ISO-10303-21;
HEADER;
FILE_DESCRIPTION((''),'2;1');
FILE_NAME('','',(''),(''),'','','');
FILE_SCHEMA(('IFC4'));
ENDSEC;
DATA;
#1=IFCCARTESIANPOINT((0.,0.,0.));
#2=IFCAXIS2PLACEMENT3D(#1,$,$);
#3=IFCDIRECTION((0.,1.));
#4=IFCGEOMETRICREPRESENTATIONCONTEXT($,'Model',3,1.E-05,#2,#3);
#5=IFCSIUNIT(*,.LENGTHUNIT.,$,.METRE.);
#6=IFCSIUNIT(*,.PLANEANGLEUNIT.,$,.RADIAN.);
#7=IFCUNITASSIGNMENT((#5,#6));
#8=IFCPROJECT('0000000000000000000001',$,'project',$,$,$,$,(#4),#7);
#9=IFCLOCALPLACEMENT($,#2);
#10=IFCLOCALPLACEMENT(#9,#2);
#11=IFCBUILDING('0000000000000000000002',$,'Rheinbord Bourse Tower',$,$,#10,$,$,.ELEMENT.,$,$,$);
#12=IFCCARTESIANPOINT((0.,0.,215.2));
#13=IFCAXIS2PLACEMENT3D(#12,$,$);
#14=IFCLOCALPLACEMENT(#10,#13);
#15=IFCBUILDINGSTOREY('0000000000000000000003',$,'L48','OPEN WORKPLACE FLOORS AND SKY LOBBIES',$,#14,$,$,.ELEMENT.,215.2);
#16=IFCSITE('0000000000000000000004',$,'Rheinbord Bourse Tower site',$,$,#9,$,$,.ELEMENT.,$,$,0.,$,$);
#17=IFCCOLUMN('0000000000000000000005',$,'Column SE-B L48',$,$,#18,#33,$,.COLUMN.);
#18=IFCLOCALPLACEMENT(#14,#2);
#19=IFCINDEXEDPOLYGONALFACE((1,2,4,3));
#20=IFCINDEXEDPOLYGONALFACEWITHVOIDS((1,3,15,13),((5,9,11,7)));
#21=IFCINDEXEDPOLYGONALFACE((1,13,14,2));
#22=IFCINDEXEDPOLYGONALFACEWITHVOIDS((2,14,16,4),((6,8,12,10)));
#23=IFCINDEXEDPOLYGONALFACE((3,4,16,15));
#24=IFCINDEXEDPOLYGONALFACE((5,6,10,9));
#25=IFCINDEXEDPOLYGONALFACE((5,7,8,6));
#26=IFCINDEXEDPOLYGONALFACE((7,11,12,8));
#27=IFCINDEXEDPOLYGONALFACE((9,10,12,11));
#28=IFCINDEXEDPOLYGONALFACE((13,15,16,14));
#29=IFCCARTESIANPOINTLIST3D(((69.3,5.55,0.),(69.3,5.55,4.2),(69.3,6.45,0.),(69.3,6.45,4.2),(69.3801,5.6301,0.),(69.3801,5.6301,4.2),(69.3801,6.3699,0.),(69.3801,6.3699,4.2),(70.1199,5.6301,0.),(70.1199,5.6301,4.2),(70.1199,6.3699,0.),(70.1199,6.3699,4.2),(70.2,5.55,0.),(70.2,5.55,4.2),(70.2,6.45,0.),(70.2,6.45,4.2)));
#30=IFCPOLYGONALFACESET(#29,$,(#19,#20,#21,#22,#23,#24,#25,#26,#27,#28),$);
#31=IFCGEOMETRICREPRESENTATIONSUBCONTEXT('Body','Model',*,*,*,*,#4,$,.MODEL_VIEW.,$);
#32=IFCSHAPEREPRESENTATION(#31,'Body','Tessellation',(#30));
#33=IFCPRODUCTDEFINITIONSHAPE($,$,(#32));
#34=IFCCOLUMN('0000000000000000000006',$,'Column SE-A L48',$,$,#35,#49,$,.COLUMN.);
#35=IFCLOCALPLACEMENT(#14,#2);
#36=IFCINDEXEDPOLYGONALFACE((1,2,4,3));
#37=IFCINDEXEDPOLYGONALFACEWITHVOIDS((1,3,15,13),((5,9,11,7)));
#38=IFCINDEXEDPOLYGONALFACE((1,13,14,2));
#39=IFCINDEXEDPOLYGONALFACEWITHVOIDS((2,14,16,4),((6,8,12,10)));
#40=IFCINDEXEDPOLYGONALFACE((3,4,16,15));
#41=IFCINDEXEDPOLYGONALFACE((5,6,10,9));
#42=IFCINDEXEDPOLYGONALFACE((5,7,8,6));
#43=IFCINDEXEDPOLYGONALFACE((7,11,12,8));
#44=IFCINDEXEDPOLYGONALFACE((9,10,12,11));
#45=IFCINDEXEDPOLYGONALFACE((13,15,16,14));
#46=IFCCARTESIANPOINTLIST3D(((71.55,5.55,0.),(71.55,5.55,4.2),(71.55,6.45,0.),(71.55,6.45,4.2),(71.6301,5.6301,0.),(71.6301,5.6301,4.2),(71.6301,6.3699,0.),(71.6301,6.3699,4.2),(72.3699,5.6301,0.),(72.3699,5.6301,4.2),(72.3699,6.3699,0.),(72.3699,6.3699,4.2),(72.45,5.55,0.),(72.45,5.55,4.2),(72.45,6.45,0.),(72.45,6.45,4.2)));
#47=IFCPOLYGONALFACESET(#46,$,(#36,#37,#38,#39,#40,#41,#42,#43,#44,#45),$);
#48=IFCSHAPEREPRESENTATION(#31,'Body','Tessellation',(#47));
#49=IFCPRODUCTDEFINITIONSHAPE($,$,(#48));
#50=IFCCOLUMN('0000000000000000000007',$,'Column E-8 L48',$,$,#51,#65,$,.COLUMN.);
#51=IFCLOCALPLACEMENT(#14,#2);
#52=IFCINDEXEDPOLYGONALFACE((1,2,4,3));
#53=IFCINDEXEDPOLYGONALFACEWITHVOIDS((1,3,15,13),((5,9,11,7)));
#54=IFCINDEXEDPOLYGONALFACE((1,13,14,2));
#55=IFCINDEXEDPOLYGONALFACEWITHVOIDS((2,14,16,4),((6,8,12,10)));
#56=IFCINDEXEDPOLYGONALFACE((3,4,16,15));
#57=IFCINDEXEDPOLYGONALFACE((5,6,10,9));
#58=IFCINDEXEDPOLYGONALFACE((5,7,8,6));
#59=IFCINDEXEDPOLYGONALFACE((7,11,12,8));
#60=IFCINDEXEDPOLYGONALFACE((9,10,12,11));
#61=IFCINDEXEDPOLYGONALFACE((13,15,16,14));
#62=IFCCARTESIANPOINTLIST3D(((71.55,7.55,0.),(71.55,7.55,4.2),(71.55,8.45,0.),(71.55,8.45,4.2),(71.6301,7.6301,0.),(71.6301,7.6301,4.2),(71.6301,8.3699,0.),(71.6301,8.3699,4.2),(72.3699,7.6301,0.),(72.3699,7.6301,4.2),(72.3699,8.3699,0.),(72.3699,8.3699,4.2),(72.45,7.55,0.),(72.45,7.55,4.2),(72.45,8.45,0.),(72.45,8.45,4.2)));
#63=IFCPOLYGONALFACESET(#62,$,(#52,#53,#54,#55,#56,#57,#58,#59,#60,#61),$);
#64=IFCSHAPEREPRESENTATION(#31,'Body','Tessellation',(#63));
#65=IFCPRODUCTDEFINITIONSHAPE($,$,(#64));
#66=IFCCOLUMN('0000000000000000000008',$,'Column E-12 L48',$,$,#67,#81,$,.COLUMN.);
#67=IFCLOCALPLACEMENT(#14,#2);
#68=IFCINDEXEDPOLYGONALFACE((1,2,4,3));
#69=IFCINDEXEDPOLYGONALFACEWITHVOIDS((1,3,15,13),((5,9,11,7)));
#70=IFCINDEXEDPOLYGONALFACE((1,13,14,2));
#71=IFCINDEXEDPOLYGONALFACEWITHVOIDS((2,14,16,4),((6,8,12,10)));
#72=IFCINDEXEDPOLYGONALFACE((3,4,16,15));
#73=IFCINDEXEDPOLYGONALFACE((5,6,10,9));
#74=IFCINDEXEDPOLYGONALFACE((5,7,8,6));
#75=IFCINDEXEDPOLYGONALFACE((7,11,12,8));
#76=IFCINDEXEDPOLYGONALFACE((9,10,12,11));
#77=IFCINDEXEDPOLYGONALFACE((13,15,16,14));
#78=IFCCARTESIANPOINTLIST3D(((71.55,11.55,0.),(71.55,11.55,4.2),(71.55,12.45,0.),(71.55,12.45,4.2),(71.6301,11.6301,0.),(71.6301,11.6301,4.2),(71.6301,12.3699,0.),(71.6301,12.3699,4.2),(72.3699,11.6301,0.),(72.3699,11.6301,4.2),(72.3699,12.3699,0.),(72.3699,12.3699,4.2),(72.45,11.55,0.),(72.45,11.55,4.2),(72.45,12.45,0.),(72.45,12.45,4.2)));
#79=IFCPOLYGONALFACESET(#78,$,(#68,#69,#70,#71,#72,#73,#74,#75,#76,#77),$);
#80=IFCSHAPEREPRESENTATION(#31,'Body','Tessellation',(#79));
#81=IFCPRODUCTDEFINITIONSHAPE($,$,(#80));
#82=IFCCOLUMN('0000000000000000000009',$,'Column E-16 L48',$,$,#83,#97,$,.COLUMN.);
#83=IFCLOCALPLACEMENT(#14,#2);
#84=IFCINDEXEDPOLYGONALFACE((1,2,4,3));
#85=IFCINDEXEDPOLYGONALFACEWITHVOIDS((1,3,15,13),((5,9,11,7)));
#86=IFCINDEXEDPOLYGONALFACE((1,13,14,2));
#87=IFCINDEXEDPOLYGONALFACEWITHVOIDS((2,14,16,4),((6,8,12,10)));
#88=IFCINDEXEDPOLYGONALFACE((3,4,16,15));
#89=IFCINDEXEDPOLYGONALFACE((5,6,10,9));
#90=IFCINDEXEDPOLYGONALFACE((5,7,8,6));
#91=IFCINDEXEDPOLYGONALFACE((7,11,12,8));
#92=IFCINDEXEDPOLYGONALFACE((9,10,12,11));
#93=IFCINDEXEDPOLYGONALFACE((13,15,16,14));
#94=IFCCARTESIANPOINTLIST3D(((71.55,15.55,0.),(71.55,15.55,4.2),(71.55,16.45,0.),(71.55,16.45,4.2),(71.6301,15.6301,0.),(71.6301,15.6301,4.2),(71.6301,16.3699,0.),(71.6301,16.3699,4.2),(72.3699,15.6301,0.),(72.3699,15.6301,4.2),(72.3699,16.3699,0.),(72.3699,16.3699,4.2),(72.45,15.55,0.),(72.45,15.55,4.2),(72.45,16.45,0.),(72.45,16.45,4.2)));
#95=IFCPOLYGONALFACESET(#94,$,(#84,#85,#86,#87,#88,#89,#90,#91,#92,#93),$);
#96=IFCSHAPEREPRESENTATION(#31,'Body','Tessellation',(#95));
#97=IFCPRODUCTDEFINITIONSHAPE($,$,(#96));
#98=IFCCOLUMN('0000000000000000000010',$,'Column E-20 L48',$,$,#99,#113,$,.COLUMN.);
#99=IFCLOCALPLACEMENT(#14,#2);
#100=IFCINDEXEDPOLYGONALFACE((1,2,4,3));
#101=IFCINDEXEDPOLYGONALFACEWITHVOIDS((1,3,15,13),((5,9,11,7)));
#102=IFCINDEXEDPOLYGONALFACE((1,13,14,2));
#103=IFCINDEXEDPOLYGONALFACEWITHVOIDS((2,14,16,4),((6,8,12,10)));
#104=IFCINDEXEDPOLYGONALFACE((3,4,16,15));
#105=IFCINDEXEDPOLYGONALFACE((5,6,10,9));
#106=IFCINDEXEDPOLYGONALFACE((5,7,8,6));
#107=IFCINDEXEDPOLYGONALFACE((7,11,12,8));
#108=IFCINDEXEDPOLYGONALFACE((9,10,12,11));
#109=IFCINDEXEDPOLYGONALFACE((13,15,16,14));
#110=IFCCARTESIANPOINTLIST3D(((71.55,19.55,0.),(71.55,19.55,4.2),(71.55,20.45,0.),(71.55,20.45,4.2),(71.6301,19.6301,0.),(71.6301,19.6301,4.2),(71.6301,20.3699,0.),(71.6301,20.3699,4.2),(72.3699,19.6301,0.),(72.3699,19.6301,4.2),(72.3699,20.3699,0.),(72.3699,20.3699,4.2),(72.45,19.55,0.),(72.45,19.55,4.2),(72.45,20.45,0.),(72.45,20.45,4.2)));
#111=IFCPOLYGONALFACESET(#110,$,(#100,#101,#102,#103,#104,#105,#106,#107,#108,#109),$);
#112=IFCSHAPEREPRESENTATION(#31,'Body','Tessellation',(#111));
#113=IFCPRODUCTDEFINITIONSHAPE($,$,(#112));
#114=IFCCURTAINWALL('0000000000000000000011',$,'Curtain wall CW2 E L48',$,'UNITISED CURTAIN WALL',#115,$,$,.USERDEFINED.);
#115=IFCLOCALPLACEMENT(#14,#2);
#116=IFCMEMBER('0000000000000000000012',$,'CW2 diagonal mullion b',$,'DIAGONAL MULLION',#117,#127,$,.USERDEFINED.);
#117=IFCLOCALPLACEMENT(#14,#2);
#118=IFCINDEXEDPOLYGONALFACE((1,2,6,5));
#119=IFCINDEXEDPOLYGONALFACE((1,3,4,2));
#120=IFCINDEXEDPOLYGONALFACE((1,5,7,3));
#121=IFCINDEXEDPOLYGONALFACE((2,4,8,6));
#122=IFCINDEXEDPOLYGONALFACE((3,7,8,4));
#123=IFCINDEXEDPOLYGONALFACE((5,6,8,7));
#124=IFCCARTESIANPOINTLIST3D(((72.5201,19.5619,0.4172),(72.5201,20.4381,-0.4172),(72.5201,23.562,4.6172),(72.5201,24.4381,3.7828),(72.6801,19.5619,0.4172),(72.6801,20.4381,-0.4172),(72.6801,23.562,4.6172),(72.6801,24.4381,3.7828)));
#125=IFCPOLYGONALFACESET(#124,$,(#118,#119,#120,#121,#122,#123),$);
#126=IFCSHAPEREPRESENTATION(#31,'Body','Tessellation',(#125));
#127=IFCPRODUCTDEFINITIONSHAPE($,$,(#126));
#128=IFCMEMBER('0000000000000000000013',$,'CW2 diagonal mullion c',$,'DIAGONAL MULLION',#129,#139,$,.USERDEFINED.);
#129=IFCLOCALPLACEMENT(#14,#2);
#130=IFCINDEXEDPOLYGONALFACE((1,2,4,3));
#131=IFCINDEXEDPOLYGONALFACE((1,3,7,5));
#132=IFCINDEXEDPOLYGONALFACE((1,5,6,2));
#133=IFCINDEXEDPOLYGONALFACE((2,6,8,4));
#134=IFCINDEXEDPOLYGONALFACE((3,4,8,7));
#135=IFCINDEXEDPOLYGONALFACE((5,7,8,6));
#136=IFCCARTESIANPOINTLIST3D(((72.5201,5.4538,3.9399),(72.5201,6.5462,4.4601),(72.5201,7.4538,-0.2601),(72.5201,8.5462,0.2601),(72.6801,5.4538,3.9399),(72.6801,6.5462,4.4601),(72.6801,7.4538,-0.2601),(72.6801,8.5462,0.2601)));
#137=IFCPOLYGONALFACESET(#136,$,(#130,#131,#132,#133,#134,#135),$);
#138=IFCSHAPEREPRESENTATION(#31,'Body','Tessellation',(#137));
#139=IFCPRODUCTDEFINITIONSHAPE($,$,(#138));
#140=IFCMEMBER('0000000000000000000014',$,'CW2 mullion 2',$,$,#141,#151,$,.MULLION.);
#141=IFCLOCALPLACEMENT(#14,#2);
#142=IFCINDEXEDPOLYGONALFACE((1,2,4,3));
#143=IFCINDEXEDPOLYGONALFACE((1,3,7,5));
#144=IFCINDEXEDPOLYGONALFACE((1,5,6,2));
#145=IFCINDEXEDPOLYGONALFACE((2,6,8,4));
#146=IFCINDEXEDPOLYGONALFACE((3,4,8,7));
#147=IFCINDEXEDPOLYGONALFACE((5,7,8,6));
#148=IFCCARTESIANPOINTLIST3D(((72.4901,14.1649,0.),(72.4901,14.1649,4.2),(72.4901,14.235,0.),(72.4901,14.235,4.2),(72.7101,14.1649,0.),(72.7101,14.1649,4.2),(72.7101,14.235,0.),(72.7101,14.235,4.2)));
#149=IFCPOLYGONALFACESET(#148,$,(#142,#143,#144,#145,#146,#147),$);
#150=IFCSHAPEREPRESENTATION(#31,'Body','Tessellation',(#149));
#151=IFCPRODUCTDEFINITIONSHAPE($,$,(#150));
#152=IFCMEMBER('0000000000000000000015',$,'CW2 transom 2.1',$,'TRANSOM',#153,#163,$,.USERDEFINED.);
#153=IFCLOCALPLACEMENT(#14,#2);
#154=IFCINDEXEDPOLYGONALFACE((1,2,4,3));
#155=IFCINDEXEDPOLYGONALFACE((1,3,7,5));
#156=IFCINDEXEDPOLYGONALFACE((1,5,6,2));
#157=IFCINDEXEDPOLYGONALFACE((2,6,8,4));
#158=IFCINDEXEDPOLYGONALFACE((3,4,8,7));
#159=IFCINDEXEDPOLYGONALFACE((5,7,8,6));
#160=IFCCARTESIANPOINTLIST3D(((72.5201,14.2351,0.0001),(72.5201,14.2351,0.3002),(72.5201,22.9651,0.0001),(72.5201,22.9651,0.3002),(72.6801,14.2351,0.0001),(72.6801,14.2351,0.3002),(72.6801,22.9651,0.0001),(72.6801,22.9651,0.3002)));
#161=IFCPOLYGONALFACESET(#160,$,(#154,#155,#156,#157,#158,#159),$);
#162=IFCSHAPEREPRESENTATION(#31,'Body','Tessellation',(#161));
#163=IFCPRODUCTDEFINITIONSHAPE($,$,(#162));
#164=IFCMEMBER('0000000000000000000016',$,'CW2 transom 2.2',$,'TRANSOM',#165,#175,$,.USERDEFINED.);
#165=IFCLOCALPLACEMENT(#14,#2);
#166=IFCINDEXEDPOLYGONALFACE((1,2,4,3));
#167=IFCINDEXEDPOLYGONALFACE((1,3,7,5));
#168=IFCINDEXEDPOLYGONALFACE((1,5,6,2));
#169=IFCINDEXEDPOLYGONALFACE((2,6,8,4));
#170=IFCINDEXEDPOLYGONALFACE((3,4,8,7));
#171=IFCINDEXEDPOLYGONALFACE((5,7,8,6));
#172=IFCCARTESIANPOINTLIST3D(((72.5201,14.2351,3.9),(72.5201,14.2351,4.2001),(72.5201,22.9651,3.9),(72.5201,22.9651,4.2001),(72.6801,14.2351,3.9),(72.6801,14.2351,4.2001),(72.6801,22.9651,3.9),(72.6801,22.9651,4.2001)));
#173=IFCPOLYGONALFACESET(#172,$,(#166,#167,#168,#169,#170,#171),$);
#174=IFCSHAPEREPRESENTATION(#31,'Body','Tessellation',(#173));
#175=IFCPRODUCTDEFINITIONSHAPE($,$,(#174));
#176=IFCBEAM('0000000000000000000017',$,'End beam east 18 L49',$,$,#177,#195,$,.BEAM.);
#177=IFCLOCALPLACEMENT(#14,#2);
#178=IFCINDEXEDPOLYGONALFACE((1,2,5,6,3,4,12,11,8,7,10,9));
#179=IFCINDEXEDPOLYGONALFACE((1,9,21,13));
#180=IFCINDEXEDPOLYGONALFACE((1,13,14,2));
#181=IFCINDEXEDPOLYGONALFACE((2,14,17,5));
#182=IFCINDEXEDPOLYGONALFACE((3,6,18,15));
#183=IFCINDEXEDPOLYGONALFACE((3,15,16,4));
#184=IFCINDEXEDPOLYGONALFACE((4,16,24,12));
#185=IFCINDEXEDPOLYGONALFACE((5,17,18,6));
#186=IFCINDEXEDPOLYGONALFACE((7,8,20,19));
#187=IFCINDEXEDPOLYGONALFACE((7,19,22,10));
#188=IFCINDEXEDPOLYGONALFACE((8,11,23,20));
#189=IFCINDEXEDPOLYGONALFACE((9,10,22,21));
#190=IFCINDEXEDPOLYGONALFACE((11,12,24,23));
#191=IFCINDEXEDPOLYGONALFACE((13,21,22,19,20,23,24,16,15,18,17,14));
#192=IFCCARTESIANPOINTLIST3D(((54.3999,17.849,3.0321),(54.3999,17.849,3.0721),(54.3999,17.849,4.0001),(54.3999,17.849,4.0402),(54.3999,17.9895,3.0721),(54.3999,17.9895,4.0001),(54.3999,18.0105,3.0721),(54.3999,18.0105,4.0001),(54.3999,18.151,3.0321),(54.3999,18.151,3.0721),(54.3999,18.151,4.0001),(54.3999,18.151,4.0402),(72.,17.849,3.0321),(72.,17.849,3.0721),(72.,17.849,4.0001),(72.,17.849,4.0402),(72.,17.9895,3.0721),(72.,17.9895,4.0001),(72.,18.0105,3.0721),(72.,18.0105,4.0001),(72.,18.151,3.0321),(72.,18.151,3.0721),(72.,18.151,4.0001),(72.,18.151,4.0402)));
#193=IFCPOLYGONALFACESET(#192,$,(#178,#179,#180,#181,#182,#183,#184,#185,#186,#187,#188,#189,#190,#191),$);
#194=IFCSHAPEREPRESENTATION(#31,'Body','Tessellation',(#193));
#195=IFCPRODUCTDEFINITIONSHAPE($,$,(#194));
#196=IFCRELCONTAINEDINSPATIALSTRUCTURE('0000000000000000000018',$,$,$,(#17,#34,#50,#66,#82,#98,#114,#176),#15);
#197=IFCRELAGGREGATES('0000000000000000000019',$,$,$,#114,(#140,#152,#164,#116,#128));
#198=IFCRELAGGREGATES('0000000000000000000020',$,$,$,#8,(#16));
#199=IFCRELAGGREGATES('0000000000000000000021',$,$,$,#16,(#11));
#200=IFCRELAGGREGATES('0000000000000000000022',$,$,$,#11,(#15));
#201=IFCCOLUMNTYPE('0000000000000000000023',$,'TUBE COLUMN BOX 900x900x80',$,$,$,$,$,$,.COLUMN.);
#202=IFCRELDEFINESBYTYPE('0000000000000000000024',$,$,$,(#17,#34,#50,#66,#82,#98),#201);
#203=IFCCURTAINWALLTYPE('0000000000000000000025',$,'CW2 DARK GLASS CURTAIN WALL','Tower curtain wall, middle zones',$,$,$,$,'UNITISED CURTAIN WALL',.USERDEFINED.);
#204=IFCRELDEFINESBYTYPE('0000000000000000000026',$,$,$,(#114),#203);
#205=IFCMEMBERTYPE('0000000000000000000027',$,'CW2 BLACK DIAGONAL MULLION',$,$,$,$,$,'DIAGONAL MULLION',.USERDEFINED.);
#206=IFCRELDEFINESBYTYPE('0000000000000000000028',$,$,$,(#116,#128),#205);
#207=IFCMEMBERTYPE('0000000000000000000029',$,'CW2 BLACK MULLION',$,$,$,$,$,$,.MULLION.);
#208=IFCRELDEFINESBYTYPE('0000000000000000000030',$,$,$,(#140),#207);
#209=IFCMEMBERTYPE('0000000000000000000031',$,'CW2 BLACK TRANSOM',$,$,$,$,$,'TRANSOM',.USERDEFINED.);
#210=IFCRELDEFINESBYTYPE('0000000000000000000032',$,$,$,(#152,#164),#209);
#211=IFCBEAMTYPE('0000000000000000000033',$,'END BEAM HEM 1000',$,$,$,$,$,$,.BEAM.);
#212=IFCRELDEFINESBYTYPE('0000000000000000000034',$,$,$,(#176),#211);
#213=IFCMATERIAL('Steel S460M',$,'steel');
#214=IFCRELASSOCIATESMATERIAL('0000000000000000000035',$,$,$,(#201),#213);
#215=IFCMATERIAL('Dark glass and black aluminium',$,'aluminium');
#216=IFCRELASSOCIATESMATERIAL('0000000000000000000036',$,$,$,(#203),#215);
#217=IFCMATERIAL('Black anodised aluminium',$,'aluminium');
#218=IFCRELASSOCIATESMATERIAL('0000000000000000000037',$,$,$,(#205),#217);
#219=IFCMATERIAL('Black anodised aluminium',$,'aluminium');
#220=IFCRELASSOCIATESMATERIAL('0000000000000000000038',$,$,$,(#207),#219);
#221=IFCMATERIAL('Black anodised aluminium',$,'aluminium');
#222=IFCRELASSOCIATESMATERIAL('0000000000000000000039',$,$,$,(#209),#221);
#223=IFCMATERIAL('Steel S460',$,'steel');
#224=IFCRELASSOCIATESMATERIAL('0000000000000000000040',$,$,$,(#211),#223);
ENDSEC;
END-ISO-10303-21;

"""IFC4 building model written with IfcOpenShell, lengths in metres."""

from ifc_helpers import new_model, si_unit, direction, frame, origin, origin_2d, place, context, subcontext, project, spatial, rectangle, hollow_rectangle, i_section, extrude, material, material_profile, profile_set, type_object, element, aggregate, save


model = new_model("IFC4")

# Units and contexts
model_context = context("Model", 3, precision=1e-05, world=origin(), true_north=direction((0.0, 1.0)))
body_context = subcontext(model_context, "Body", "Model", "MODEL_VIEW")
ifc_project = project(units=[si_unit("LENGTHUNIT", "METRE"), si_unit("PLANEANGLEUNIT", "RADIAN")], contexts=[model_context])

# Site, building, storey
site_placement = place(None, origin())
site = spatial("IfcSite", under=ifc_project, at=site_placement, Name="Rheinbord Bourse Tower site", CompositionType="ELEMENT", RefElevation=0.0)
building_placement = place(site_placement, origin())
building = spatial("IfcBuilding", under=site, at=building_placement, Name="Rheinbord Bourse Tower", CompositionType="ELEMENT")
storey_placement = place(building_placement, frame((0.0, 0.0, 215.2)))
storey = spatial("IfcBuildingStorey", under=building, at=storey_placement, Name="L48", Description="OPEN WORKPLACE FLOORS AND SKY LOBBIES", CompositionType="ELEMENT", Elevation=215.2)

# Columns
ifc_material_1 = material(Name="Steel S460M", Category="steel")
ifc_material_profile_1 = material_profile(ifc_material_1, hollow_rectangle(XDim=0.8999, YDim=0.8999, WallThickness=0.0801, at=origin_2d()), Name="BOX 900x900x80")
ifc_profile_set_1 = profile_set([ifc_material_profile_1], Name="Steel S460M")
column_type = type_object("IfcColumnType", Name="TUBE COLUMN BOX 900x900x80", PredefinedType="COLUMN", material=ifc_profile_set_1)
for number, where, z_axis, x_axis, name in (
    (1, (69.75, 6.0, 0.0), (0.0, 0.0, 1.0), (1.0, 0.0, 0.0), "Column SE-B L48"),
    (2, (72.0, 6.0, 0.0), (0.0, 0.0, 1.0), (1.0, 0.0, 0.0), "Column SE-A L48"),
    (3, (72.0, 8.0, 0.0), (0.0, 0.0, 1.0), (1.0, 0.0, 0.0), "Column E-8 L48"),
    (4, (72.0, 12.0, 0.0), (0.0, 0.0, 1.0), (1.0, 0.0, 0.0), "Column E-12 L48"),
    (5, (72.0, 16.0, 0.0), (0.0, 0.0, 1.0), (1.0, 0.0, 0.0), "Column E-16 L48"),
    (6, (72.0, 20.0, 0.0), (0.0, 0.0, 1.0), (1.0, 0.0, 0.0), "Column E-20 L48"),
):
    element("IfcColumn", number, at=place(storey_placement, frame(where, z_axis=z_axis, x_axis=x_axis)), inside=storey, type_object=column_type, Name=name, PredefinedType="COLUMN", context=body_context, shape_type="SweptSolid", body=[
        extrude(hollow_rectangle(XDim=0.8999, YDim=0.8999, WallThickness=0.0801, at=origin_2d()), origin(), (0.0, 0.0, 1.0), 4.2),
    ])

# Curtain wall, members
ifc_material_2 = material(Name="Dark glass and black aluminium", Category="aluminium")
curtain_wall_type = type_object("IfcCurtainWallType", Name="CW2 DARK GLASS CURTAIN WALL", Description="Tower curtain wall, middle zones", ElementType="UNITISED CURTAIN WALL", PredefinedType="USERDEFINED", material=ifc_material_2)
curtain_wall_placement = place(storey_placement, origin())
curtain_wall = element("IfcCurtainWall", 7, at=curtain_wall_placement, inside=storey, type_object=curtain_wall_type, Name="Curtain wall CW2 E L48", ObjectType="UNITISED CURTAIN WALL", PredefinedType="USERDEFINED")
ifc_material_3 = material(Name="Black anodised aluminium", Category="aluminium")
ifc_material_profile_2 = material_profile(ifc_material_3, rectangle(XDim=0.1599, YDim=1.21, at=origin_2d()), Name="CW2 DIAGONAL MULLION 1210x160")
ifc_profile_set_2 = profile_set([ifc_material_profile_2], Name="Black anodised aluminium")
member_type_1 = type_object("IfcMemberType", Name="CW2 BLACK DIAGONAL MULLION", ElementType="DIAGONAL MULLION", PredefinedType="USERDEFINED", material=ifc_profile_set_2)
member_1_placement = place(storey_placement, frame((72.6001, 20.0, 0.0), z_axis=(0.0, 0.689659, 0.724134), x_axis=(-1.0, 0.0, 0.0)))
member_1 = element("IfcMember", 8, at=member_1_placement, type_object=member_type_1, Name="CW2 diagonal mullion b", ObjectType="DIAGONAL MULLION", PredefinedType="USERDEFINED", context=body_context, shape_type="SweptSolid", body=[
    extrude(rectangle(XDim=0.1599, YDim=1.21, at=origin_2d()), origin(), (0.0, 0.0, 1.0), 5.8),
])
member_2_placement = place(storey_placement, frame((72.6001, 8.0, 0.0), z_axis=(0.0, -0.429938, 0.902859), x_axis=(1.0, 0.0, 0.0)))
member_2 = element("IfcMember", 9, at=member_2_placement, type_object=member_type_1, Name="CW2 diagonal mullion c", ObjectType="DIAGONAL MULLION", PredefinedType="USERDEFINED", context=body_context, shape_type="SweptSolid", body=[
    extrude(rectangle(XDim=0.1599, YDim=1.21, at=origin_2d()), origin(), (0.0, 0.0, 1.0), 4.6519),
])
ifc_material_4 = material(Name="Black anodised aluminium", Category="aluminium")
ifc_material_profile_3 = material_profile(ifc_material_4, rectangle(XDim=0.22, YDim=0.0701, at=origin_2d()), Name="CW2 MULLION 70x220")
ifc_profile_set_3 = profile_set([ifc_material_profile_3], Name="Black anodised aluminium")
member_type_2 = type_object("IfcMemberType", Name="CW2 BLACK MULLION", PredefinedType="MULLION", material=ifc_profile_set_3)
member_3_placement = place(storey_placement, frame((72.6001, 14.2, 0.0), z_axis=(0.0, 0.0, 1.0), x_axis=(-1.0, 0.0, 0.0)))
member_3 = element("IfcMember", 10, at=member_3_placement, type_object=member_type_2, Name="CW2 mullion 2", PredefinedType="MULLION", context=body_context, shape_type="SweptSolid", body=[
    extrude(rectangle(XDim=0.22, YDim=0.0701, at=origin_2d()), origin(), (0.0, 0.0, 1.0), 4.2),
])
ifc_material_5 = material(Name="Black anodised aluminium", Category="aluminium")
ifc_material_profile_4 = material_profile(ifc_material_5, rectangle(XDim=0.1599, YDim=0.3, at=origin_2d()), Name="CW2 TRANSOM 300x160")
ifc_profile_set_4 = profile_set([ifc_material_profile_4], Name="Black anodised aluminium")
member_type_3 = type_object("IfcMemberType", Name="CW2 BLACK TRANSOM", ElementType="TRANSOM", PredefinedType="USERDEFINED", material=ifc_profile_set_4)
member_4_placement = place(storey_placement, frame((72.6001, 14.2351, 0.1501), z_axis=(0.0, 1.0, 0.0), x_axis=(-1.0, 0.0, 0.0)))
member_4 = element("IfcMember", 11, at=member_4_placement, type_object=member_type_3, Name="CW2 transom 2.1", ObjectType="TRANSOM", PredefinedType="USERDEFINED", context=body_context, shape_type="SweptSolid", body=[
    extrude(rectangle(XDim=0.1599, YDim=0.3, at=origin_2d()), origin(), (0.0, 0.0, 1.0), 8.73),
])
member_5_placement = place(storey_placement, frame((72.6001, 14.2351, 4.05), z_axis=(0.0, 1.0, 0.0), x_axis=(-1.0, 0.0, 0.0)))
member_5 = element("IfcMember", 12, at=member_5_placement, type_object=member_type_3, Name="CW2 transom 2.2", ObjectType="TRANSOM", PredefinedType="USERDEFINED", context=body_context, shape_type="SweptSolid", body=[
    extrude(rectangle(XDim=0.1599, YDim=0.3, at=origin_2d()), origin(), (0.0, 0.0, 1.0), 8.73),
])

# Beam
ifc_material_6 = material(Name="Steel S460", Category="steel")
ifc_material_profile_5 = material_profile(ifc_material_6, i_section(OverallWidth=0.302, OverallDepth=1.0081, WebThickness=0.021, FlangeThickness=0.04, at=origin_2d()), Name="HEM 1000")
ifc_profile_set_5 = profile_set([ifc_material_profile_5], Name="Steel S460")
beam_type_1 = type_object("IfcBeamType", Name="END BEAM HEM 1000", PredefinedType="BEAM", material=ifc_profile_set_5)
beam_1_placement = place(storey_placement, frame((54.3999, 18.0, 3.5361), z_axis=(1.0, 0.0, 0.0), x_axis=(0.0, 1.0, 0.0)))
element("IfcBeam", 13, at=beam_1_placement, inside=storey, type_object=beam_type_1, Name="End beam east 18 L49", PredefinedType="BEAM", context=body_context, shape_type="SweptSolid", body=[
    extrude(i_section(OverallWidth=0.302, OverallDepth=1.0081, WebThickness=0.021, FlangeThickness=0.04, at=origin_2d()), origin(), (0.0, 0.0, 1.0), 17.6001),
])

aggregate(curtain_wall, [member_3, member_4, member_5, member_1, member_2])

save(model, "model.ifc")
